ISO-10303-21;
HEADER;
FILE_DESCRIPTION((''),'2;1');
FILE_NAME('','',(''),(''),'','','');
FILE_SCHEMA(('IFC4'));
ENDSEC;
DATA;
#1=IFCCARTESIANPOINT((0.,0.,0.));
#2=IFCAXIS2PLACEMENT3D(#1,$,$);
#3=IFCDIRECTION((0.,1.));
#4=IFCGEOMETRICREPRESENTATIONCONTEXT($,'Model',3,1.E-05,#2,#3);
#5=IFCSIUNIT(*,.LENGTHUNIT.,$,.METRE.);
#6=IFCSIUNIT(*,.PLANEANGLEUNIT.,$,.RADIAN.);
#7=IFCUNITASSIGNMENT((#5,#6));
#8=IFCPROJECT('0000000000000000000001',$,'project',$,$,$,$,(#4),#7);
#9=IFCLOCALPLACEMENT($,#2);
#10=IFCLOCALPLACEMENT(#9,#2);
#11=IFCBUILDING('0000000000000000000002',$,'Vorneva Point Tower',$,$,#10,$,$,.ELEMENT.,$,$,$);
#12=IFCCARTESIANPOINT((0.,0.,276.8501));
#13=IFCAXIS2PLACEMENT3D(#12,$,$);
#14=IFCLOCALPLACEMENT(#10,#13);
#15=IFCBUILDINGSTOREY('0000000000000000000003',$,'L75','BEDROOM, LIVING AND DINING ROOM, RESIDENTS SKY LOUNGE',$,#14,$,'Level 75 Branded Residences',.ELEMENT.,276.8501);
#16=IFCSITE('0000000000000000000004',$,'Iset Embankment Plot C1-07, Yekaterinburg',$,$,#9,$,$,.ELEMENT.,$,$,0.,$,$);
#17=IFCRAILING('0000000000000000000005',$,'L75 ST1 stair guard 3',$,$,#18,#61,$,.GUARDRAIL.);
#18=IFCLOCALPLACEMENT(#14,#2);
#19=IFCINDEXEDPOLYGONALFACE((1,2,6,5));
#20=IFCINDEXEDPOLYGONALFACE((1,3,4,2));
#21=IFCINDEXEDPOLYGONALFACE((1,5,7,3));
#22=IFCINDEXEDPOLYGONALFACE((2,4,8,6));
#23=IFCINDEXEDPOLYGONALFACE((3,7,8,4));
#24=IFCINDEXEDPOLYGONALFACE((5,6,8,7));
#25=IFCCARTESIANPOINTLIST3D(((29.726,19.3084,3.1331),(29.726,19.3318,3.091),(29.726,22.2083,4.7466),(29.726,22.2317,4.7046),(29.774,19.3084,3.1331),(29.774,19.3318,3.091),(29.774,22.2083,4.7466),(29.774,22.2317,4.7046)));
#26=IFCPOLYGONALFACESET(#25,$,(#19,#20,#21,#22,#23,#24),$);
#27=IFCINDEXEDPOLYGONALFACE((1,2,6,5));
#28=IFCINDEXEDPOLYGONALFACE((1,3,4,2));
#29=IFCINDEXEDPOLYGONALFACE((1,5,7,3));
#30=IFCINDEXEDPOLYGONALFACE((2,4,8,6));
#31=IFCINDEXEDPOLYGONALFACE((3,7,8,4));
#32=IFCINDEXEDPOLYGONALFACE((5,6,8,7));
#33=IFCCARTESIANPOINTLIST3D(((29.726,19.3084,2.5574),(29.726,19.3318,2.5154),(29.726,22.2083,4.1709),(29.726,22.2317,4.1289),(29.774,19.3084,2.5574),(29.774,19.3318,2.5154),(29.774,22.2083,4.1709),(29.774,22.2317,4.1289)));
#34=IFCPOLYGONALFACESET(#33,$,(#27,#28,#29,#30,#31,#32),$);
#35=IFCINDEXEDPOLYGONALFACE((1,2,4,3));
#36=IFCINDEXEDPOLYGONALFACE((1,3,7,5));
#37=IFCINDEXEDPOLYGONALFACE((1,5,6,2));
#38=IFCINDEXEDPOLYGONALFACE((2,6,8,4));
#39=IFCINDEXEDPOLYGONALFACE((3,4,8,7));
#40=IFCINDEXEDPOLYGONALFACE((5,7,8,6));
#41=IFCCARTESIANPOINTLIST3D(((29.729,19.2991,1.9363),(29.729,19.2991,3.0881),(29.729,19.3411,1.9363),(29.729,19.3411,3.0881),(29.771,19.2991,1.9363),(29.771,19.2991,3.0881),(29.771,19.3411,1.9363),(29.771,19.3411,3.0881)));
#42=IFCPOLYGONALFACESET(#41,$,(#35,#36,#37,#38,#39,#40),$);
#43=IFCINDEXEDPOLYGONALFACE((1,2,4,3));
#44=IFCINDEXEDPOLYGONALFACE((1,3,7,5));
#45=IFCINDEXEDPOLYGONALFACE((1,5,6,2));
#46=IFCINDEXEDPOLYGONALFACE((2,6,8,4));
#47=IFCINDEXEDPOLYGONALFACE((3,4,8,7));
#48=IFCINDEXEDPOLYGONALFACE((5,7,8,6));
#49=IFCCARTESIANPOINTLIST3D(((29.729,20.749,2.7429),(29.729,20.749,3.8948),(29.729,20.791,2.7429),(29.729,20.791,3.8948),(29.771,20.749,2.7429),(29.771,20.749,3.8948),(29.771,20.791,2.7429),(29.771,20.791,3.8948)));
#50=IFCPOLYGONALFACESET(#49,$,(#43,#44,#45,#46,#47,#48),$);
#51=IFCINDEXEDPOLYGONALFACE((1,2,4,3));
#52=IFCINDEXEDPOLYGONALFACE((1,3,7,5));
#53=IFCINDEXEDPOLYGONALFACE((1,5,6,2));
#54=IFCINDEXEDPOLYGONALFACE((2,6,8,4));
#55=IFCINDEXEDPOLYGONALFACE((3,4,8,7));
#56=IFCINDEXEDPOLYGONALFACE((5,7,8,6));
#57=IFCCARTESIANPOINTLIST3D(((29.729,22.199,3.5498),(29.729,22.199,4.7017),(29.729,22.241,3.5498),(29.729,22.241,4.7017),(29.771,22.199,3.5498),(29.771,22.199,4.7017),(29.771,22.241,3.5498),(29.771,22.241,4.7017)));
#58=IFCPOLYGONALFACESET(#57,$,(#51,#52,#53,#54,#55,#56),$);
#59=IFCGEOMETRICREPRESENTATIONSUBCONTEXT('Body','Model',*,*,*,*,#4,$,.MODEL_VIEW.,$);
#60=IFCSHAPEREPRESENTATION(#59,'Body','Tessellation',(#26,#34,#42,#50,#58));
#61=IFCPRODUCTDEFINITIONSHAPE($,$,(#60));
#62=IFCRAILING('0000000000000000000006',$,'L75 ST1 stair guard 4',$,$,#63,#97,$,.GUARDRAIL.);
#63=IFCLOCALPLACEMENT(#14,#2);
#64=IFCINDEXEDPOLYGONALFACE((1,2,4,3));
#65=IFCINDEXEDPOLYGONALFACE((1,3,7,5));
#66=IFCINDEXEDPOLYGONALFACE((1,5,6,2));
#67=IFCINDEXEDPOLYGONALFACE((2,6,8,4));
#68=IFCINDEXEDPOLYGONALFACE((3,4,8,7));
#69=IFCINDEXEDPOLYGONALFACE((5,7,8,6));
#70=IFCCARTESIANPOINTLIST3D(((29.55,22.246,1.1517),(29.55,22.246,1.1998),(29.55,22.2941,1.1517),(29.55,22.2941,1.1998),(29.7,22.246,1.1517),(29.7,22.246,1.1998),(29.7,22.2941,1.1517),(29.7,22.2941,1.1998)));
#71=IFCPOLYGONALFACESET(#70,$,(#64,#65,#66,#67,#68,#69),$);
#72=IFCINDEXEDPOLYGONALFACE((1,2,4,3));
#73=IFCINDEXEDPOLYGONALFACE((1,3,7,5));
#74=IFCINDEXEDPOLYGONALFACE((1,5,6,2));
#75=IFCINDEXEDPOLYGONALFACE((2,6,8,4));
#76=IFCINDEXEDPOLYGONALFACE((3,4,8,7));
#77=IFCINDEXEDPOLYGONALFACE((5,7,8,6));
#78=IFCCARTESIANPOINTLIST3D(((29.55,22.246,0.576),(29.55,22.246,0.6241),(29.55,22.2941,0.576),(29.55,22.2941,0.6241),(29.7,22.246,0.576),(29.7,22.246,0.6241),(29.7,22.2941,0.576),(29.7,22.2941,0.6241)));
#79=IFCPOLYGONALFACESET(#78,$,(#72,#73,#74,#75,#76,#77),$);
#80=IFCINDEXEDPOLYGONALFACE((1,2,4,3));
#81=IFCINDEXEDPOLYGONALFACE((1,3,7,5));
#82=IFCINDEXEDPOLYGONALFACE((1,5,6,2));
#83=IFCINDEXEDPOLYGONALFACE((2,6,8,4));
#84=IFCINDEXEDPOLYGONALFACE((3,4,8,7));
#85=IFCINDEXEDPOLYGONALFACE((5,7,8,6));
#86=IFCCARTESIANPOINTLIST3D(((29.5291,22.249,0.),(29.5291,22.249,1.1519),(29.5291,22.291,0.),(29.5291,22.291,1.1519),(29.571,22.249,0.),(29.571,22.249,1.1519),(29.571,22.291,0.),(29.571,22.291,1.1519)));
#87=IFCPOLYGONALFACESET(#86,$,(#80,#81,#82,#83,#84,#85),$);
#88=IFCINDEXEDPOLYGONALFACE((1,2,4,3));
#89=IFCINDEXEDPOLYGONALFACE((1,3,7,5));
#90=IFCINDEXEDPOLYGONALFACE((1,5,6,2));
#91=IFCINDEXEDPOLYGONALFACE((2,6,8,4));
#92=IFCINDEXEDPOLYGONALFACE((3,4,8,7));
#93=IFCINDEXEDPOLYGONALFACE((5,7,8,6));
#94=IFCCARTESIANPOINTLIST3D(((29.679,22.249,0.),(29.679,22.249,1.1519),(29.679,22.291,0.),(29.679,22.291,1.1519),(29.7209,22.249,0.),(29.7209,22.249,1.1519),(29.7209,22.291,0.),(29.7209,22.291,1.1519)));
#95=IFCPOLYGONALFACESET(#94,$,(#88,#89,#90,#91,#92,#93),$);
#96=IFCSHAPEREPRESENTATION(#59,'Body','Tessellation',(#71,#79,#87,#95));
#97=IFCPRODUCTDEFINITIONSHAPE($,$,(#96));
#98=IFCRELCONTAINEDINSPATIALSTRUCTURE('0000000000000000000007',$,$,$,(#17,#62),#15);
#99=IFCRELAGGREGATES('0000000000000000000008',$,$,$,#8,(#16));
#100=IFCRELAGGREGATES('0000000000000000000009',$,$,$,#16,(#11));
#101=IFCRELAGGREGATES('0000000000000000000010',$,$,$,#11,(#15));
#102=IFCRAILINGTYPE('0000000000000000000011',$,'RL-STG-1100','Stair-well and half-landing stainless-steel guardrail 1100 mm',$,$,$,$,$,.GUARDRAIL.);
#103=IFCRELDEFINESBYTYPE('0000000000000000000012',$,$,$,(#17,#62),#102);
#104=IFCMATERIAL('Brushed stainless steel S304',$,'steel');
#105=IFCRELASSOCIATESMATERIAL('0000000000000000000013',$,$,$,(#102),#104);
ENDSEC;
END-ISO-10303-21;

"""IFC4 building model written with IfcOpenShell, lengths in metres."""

from ifc_helpers import new_model, si_unit, direction, frame, origin, origin_2d, place, context, subcontext, project, spatial, rectangle, extrude, material, type_object, element, save


model = new_model("IFC4")

# Units and contexts
model_context = context("Model", 3, precision=1e-05, world=origin(), true_north=direction((0.0, 1.0)))
body_context = subcontext(model_context, "Body", "Model", "MODEL_VIEW")
ifc_project = project(units=[si_unit("LENGTHUNIT", "METRE"), si_unit("PLANEANGLEUNIT", "RADIAN")], contexts=[model_context])

# Site, building, storey
site_placement = place(None, origin())
site = spatial("IfcSite", under=ifc_project, at=site_placement, Name="Iset Embankment Plot C1-07, Yekaterinburg", CompositionType="ELEMENT", RefElevation=0.0)
building_placement = place(site_placement, origin())
building = spatial("IfcBuilding", under=site, at=building_placement, Name="Vorneva Point Tower", CompositionType="ELEMENT")
storey_placement = place(building_placement, frame((0.0, 0.0, 276.8501)))
storey = spatial("IfcBuildingStorey", under=building, at=storey_placement, Name="L75", Description="BEDROOM, LIVING AND DINING ROOM, RESIDENTS SKY LOUNGE", LongName="Level 75 Branded Residences", CompositionType="ELEMENT", Elevation=276.8501)

# Railings
ifc_material_1 = material(Name="Brushed stainless steel S304", Category="steel")
railing_type_1 = type_object("IfcRailingType", Name="RL-STG-1100", Description="Stair-well and half-landing stainless-steel guardrail 1100 mm", PredefinedType="GUARDRAIL", material=ifc_material_1)
railing_1_placement = place(storey_placement, frame((29.75, 19.3201, 1.9363)))
element("IfcRailing", 1, at=railing_1_placement, inside=storey, type_object=railing_type_1, Name="L75 ST1 stair guard 3", PredefinedType="GUARDRAIL", context=body_context, shape_type="SweptSolid", body=[
    extrude(rectangle(XDim=0.0481, YDim=0.0481, at=origin_2d()), frame((0.0, 0.0, 1.1758), z_axis=(0.0, 0.873841, 0.486211), x_axis=(-1.0, 0.0, 0.0)), (0.0, 0.0, 1.0), 3.3186),
    extrude(rectangle(XDim=0.0481, YDim=0.0481, at=origin_2d()), frame((0.0, 0.0, 0.6001), z_axis=(0.0, 0.873841, 0.486211), x_axis=(-1.0, 0.0, 0.0)), (0.0, 0.0, 1.0), 3.3186),
    extrude(rectangle(XDim=0.042, YDim=0.042, at=origin_2d()), origin(), (0.0, 0.0, 1.0), 1.1519),
    extrude(rectangle(XDim=0.042, YDim=0.042, at=origin_2d()), frame((0.0, 1.45, 0.8066)), (0.0, 0.0, 1.0), 1.1519),
    extrude(rectangle(XDim=0.042, YDim=0.042, at=origin_2d()), frame((0.0, 2.8999, 1.6135)), (0.0, 0.0, 1.0), 1.1519),
])
railing_2_placement = place(storey_placement, frame((29.55, 22.27, 0.0)))
element("IfcRailing", 2, at=railing_2_placement, inside=storey, type_object=railing_type_1, Name="L75 ST1 stair guard 4", PredefinedType="GUARDRAIL", context=body_context, shape_type="SweptSolid", body=[
    extrude(rectangle(XDim=0.0481, YDim=0.0481, at=origin_2d()), frame((0.0, 0.0, 1.1758), z_axis=(1.0, 0.0, 0.0), x_axis=(0.0, 1.0, 0.0)), (0.0, 0.0, 1.0), 0.1499),
    extrude(rectangle(XDim=0.0481, YDim=0.0481, at=origin_2d()), frame((0.0, 0.0, 0.6001), z_axis=(1.0, 0.0, 0.0), x_axis=(0.0, 1.0, 0.0)), (0.0, 0.0, 1.0), 0.1499),
    extrude(rectangle(XDim=0.042, YDim=0.042, at=origin_2d()), origin(), (0.0, 0.0, 1.0), 1.1519),
    extrude(rectangle(XDim=0.042, YDim=0.042, at=origin_2d()), frame((0.1499, 0.0, 0.0)), (0.0, 0.0, 1.0), 1.1519),
])

save(model, "model.ifc")
